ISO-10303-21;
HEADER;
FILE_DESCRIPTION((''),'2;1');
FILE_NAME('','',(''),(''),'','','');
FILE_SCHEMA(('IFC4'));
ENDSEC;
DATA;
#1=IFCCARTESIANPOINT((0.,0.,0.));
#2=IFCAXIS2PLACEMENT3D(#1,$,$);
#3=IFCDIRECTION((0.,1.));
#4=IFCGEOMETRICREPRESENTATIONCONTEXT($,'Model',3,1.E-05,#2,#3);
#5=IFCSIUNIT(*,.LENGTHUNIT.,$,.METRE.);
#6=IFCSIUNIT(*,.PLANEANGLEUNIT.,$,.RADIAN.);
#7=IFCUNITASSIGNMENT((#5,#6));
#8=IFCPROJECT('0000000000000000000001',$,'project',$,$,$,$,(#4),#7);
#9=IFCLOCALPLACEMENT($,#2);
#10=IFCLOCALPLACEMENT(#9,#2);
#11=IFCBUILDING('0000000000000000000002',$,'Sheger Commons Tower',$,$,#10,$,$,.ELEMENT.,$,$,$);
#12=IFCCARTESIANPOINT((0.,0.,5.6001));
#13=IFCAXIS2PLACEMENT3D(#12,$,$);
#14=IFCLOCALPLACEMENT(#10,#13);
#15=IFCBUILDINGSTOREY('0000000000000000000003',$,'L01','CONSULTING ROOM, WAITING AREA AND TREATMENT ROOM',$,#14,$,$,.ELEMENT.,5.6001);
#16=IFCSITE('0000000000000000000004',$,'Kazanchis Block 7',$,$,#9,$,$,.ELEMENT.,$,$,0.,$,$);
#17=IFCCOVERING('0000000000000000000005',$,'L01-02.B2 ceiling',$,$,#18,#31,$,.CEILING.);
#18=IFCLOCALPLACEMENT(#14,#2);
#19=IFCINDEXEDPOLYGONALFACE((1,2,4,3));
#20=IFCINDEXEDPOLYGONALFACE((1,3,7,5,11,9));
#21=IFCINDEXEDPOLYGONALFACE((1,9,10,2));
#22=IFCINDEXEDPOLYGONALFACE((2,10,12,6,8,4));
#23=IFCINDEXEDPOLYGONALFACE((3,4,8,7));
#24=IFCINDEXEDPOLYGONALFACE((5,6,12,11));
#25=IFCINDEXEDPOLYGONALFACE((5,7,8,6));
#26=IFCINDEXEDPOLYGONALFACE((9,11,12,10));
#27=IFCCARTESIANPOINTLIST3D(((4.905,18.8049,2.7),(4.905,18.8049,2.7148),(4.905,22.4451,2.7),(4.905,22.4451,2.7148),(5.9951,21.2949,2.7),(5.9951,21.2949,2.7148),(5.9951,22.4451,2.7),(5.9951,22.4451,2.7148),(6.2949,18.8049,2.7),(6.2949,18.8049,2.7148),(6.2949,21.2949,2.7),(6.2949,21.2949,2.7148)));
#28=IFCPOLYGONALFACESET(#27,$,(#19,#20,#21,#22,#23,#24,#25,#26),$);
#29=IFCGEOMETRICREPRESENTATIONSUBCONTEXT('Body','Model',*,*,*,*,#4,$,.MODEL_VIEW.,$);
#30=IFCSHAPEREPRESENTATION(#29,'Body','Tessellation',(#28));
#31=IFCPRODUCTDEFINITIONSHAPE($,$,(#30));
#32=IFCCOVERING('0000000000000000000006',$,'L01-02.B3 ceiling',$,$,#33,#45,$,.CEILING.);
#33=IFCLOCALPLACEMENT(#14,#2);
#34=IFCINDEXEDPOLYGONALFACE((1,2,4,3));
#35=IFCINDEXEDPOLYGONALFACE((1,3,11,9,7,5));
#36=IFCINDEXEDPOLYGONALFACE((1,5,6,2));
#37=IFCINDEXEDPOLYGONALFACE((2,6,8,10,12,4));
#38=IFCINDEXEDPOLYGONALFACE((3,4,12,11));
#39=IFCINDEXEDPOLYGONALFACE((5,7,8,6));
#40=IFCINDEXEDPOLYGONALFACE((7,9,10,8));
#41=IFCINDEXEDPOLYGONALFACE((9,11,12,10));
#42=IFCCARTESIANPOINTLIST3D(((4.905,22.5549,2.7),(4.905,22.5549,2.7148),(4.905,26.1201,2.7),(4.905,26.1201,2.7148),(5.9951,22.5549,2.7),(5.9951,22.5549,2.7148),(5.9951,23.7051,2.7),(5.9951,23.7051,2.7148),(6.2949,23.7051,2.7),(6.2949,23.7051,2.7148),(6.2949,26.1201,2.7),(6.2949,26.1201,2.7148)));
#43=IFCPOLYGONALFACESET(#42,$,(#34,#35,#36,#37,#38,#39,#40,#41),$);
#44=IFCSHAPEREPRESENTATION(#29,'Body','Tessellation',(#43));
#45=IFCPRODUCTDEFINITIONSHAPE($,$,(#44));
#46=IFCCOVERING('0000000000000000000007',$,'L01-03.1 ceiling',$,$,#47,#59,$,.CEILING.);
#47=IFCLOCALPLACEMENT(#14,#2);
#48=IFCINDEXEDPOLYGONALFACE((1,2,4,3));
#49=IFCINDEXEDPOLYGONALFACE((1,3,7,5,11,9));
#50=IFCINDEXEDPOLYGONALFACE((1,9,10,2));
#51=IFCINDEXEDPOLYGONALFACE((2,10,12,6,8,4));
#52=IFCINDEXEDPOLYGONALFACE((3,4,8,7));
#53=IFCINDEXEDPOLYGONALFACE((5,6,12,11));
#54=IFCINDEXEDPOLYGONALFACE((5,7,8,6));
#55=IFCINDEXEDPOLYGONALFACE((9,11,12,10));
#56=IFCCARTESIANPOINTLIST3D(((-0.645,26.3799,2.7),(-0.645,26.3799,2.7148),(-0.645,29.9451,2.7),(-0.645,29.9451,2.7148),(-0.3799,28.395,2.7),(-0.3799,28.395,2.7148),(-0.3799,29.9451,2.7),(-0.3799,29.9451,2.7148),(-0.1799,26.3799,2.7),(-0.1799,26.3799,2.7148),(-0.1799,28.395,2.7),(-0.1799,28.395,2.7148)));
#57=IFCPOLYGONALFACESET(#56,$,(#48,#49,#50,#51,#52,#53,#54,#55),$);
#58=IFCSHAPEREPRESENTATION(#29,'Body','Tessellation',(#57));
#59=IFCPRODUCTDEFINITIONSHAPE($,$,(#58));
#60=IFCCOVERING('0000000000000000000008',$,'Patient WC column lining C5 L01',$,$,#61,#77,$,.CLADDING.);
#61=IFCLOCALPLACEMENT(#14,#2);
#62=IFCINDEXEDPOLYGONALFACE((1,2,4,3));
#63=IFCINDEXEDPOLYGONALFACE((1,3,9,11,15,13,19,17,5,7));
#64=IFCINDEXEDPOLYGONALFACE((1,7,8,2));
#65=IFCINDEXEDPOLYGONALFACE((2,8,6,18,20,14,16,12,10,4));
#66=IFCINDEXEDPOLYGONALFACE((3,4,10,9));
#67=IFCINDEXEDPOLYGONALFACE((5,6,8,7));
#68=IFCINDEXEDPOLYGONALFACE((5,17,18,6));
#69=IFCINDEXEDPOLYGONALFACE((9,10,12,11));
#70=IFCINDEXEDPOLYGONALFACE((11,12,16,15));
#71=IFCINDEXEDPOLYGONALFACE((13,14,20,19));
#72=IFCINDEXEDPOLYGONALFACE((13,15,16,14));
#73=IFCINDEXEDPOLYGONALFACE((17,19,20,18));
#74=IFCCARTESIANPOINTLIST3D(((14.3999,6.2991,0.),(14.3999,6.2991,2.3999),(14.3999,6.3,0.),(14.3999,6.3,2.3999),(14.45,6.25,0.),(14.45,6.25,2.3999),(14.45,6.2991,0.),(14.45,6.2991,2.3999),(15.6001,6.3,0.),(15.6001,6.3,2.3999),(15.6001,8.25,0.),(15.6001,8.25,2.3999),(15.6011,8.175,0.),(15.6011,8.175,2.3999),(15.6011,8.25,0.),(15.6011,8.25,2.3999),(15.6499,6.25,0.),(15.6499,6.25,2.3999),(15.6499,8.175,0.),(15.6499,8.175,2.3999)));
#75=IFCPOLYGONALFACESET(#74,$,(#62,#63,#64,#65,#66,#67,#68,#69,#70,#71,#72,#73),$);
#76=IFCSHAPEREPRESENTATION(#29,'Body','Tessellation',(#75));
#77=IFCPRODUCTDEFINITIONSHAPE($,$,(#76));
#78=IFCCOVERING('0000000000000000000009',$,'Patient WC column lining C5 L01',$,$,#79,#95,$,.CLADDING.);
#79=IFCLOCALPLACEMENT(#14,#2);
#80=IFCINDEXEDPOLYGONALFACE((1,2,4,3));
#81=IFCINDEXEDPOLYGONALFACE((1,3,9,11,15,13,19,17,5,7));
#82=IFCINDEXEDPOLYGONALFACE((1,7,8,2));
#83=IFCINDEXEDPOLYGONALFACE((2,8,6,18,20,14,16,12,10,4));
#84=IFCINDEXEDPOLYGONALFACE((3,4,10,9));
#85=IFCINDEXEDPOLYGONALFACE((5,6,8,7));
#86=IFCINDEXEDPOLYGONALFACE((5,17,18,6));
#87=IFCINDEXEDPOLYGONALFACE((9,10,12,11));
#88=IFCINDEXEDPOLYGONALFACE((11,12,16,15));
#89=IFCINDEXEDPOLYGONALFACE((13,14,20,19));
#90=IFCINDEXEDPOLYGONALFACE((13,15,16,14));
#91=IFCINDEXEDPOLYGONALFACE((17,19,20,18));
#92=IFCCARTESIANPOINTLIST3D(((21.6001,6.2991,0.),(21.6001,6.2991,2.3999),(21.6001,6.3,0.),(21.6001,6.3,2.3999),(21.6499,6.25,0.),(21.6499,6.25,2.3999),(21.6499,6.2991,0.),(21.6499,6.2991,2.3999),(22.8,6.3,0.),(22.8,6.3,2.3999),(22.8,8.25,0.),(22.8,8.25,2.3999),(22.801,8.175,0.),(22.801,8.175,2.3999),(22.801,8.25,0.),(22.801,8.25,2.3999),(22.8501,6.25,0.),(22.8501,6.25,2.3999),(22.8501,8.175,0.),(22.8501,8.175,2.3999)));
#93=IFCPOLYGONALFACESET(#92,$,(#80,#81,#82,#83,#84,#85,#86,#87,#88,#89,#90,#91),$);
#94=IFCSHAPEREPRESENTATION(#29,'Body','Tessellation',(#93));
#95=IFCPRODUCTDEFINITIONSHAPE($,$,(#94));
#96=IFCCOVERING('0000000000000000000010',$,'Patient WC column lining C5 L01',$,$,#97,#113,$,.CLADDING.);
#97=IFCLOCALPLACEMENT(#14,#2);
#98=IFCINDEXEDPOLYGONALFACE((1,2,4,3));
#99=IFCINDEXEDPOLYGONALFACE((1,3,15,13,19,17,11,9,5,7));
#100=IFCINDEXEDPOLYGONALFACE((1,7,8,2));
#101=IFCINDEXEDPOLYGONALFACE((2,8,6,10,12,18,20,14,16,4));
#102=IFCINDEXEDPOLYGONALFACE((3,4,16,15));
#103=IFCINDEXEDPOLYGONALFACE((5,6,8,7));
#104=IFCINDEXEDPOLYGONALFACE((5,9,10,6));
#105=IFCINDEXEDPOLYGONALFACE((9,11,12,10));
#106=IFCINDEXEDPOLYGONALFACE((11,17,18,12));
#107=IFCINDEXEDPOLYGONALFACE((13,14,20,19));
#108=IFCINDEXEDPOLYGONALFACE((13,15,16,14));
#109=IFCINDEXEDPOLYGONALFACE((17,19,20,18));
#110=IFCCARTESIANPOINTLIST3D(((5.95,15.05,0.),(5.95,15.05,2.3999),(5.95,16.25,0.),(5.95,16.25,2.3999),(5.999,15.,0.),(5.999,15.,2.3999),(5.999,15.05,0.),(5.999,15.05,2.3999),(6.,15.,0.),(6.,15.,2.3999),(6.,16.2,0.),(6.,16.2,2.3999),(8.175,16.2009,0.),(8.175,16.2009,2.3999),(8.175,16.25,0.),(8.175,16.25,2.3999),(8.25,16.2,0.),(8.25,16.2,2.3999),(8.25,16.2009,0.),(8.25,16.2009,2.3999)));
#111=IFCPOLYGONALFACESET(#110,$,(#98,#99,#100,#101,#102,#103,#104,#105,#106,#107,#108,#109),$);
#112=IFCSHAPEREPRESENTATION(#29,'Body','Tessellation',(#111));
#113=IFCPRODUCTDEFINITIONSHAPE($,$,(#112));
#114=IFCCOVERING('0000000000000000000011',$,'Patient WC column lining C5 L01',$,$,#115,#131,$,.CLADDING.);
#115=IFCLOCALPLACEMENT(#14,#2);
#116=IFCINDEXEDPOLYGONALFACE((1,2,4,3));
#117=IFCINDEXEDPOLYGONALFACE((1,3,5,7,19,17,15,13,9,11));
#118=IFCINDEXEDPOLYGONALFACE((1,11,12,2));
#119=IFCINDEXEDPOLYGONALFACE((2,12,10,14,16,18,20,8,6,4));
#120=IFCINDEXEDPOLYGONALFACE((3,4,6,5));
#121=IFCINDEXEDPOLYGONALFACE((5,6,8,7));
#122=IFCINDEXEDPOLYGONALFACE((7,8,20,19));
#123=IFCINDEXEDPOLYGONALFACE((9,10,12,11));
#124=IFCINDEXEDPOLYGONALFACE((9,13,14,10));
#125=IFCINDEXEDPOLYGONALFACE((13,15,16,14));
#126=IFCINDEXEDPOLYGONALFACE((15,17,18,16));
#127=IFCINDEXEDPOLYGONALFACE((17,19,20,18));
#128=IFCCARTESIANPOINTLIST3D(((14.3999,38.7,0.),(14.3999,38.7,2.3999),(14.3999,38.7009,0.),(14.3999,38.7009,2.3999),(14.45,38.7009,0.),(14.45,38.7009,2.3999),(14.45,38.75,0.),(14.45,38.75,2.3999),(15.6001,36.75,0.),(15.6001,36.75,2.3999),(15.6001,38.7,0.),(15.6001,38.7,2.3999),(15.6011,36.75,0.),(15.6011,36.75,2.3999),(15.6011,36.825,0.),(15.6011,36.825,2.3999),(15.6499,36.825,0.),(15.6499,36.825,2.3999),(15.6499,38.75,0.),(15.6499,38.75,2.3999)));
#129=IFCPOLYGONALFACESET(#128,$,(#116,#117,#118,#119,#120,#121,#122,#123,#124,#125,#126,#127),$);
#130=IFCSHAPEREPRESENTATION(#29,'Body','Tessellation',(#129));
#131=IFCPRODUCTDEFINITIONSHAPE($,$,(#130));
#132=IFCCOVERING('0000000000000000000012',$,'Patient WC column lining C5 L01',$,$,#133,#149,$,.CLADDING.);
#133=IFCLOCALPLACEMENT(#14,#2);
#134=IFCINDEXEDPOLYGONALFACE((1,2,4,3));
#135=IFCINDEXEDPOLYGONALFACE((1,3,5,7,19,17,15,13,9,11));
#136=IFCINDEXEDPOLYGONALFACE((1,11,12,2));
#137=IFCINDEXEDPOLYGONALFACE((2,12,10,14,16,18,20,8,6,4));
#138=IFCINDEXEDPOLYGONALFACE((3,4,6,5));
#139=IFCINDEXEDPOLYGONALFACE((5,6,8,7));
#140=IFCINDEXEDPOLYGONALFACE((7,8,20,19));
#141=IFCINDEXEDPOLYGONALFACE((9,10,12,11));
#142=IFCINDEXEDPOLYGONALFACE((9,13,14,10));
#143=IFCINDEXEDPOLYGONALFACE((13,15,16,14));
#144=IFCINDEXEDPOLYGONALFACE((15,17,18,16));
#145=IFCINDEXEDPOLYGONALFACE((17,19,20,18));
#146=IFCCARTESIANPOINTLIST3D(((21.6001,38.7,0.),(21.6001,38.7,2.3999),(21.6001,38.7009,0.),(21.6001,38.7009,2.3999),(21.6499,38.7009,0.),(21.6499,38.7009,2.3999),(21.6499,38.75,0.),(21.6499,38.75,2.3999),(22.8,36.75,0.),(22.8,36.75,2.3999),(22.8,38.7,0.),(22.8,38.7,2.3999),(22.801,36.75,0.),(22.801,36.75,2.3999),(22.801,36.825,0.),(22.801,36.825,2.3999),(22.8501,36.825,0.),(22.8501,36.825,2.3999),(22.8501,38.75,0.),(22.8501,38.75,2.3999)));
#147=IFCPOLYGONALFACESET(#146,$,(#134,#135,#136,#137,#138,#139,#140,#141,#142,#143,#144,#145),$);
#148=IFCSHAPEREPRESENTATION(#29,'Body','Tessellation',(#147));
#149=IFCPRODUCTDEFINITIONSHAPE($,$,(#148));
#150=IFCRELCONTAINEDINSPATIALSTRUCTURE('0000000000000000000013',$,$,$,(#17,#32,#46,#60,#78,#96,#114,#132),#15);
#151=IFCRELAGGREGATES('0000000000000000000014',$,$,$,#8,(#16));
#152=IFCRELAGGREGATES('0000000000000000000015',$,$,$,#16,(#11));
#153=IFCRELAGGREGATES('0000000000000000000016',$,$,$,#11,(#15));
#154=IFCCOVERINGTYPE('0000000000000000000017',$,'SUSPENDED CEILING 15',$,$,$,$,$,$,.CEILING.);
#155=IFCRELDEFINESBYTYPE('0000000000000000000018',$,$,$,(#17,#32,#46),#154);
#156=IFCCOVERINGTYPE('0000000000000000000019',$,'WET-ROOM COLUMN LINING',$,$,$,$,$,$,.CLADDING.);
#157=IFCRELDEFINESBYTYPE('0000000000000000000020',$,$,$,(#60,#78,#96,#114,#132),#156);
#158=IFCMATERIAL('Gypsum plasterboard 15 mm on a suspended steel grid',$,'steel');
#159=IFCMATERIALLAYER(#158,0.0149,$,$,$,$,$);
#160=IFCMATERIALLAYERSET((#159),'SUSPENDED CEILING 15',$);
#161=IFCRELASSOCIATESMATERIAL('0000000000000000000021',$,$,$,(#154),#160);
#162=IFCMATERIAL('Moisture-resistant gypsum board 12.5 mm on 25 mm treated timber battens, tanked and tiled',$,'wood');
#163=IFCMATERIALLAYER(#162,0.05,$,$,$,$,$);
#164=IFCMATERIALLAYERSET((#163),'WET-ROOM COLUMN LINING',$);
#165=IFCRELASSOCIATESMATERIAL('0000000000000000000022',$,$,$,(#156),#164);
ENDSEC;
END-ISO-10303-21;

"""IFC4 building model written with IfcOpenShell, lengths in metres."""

from ifc_helpers import new_model, si_unit, direction, frame, origin, place, context, subcontext, project, spatial, polyline, outline, extrude, material, layer, layer_set, type_object, element, save


model = new_model("IFC4")

# Units and contexts
model_context = context("Model", 3, precision=1e-05, world=origin(), true_north=direction((0.0, 1.0)))
body_context = subcontext(model_context, "Body", "Model", "MODEL_VIEW")
ifc_project = project(units=[si_unit("LENGTHUNIT", "METRE"), si_unit("PLANEANGLEUNIT", "RADIAN")], contexts=[model_context])

# Site, building, storey
site_placement = place(None, origin())
site = spatial("IfcSite", under=ifc_project, at=site_placement, Name="Kazanchis Block 7", CompositionType="ELEMENT", RefElevation=0.0)
building_placement = place(site_placement, origin())
building = spatial("IfcBuilding", under=site, at=building_placement, Name="Sheger Commons Tower", CompositionType="ELEMENT")
storey_placement = place(building_placement, frame((0.0, 0.0, 5.6001)))
storey = spatial("IfcBuildingStorey", under=building, at=storey_placement, Name="L01", Description="CONSULTING ROOM, WAITING AREA AND TREATMENT ROOM", CompositionType="ELEMENT", Elevation=5.6001)

# Coverings
ifc_material_1 = material(Name="Gypsum plasterboard 15 mm on a suspended steel grid", Category="steel")
ifc_layer_1 = layer(ifc_material_1, 0.0149)
ifc_layer_set_1 = layer_set([ifc_layer_1], Name="SUSPENDED CEILING 15")
covering_type_1 = type_object("IfcCoveringType", Name="SUSPENDED CEILING 15", PredefinedType="CEILING", material=ifc_layer_set_1)
covering_1_placement = place(storey_placement, frame((0.0, 0.0, 2.7)))
element("IfcCovering", 1, at=covering_1_placement, inside=storey, type_object=covering_type_1, Name="L01-02.B2 ceiling", PredefinedType="CEILING", context=body_context, shape_type="SweptSolid", body=[
    extrude(outline(polyline([(4.905, 18.8049), (6.2949, 18.8049), (6.2949, 21.2949), (5.9951, 21.2949), (5.9951, 22.4451), (4.905, 22.4451), (4.905, 18.8049)])), origin(), (0.0, 0.0, 1.0), 0.0149),
])
covering_2_placement = place(storey_placement, frame((0.0, 0.0, 2.7)))
element("IfcCovering", 2, at=covering_2_placement, inside=storey, type_object=covering_type_1, Name="L01-02.B3 ceiling", PredefinedType="CEILING", context=body_context, shape_type="SweptSolid", body=[
    extrude(outline(polyline([(4.905, 22.5549), (5.9951, 22.5549), (5.9951, 23.7051), (6.2949, 23.7051), (6.2949, 26.1201), (4.905, 26.1201), (4.905, 22.5549)])), origin(), (0.0, 0.0, 1.0), 0.0149),
])
covering_3_placement = place(storey_placement, frame((0.0, 0.0, 2.7)))
element("IfcCovering", 3, at=covering_3_placement, inside=storey, type_object=covering_type_1, Name="L01-03.1 ceiling", PredefinedType="CEILING", context=body_context, shape_type="SweptSolid", body=[
    extrude(outline(polyline([(-0.645, 26.3799), (-0.1799, 26.3799), (-0.1799, 28.395), (-0.3799, 28.395), (-0.3799, 29.9451), (-0.645, 29.9451), (-0.645, 26.3799)])), origin(), (0.0, 0.0, 1.0), 0.0149),
])
ifc_material_2 = material(Name="Moisture-resistant gypsum board 12.5 mm on 25 mm treated timber battens, tanked and tiled", Category="wood")
ifc_layer_2 = layer(ifc_material_2, 0.05)
ifc_layer_set_2 = layer_set([ifc_layer_2], Name="WET-ROOM COLUMN LINING")
covering_type_2 = type_object("IfcCoveringType", Name="WET-ROOM COLUMN LINING", PredefinedType="CLADDING", material=ifc_layer_set_2)
covering_4_placement = place(storey_placement, origin())
element("IfcCovering", 4, at=covering_4_placement, inside=storey, type_object=covering_type_2, Name="Patient WC column lining C5 L01", PredefinedType="CLADDING", context=body_context, shape_type="SweptSolid", body=[
    extrude(outline(polyline([(14.45, 6.25), (14.45, 6.2991), (14.3999, 6.2991), (14.3999, 6.3), (15.6001, 6.3), (15.6001, 8.25), (15.6011, 8.25), (15.6011, 8.175), (15.6499, 8.175), (15.6499, 6.25), (14.45, 6.25)])), origin(), (0.0, 0.0, 1.0), 2.3999),
])
covering_5_placement = place(storey_placement, origin())
element("IfcCovering", 5, at=covering_5_placement, inside=storey, type_object=covering_type_2, Name="Patient WC column lining C5 L01", PredefinedType="CLADDING", context=body_context, shape_type="SweptSolid", body=[
    extrude(outline(polyline([(21.6499, 6.25), (21.6499, 6.2991), (21.6001, 6.2991), (21.6001, 6.3), (22.8, 6.3), (22.8, 8.25), (22.801, 8.25), (22.801, 8.175), (22.8501, 8.175), (22.8501, 6.25), (21.6499, 6.25)])), origin(), (0.0, 0.0, 1.0), 2.3999),
])
covering_6_placement = place(storey_placement, origin())
element("IfcCovering", 6, at=covering_6_placement, inside=storey, type_object=covering_type_2, Name="Patient WC column lining C5 L01", PredefinedType="CLADDING", context=body_context, shape_type="SweptSolid", body=[
    extrude(outline(polyline([(8.175, 16.25), (8.175, 16.2009), (8.25, 16.2009), (8.25, 16.2), (6.0, 16.2), (6.0, 15.0), (5.999, 15.0), (5.999, 15.05), (5.95, 15.05), (5.95, 16.25), (8.175, 16.25)])), origin(), (0.0, 0.0, 1.0), 2.3999),
])
covering_7_placement = place(storey_placement, origin())
element("IfcCovering", 7, at=covering_7_placement, inside=storey, type_object=covering_type_2, Name="Patient WC column lining C5 L01", PredefinedType="CLADDING", context=body_context, shape_type="SweptSolid", body=[
    extrude(outline(polyline([(15.6499, 36.825), (15.6011, 36.825), (15.6011, 36.75), (15.6001, 36.75), (15.6001, 38.7), (14.3999, 38.7), (14.3999, 38.7009), (14.45, 38.7009), (14.45, 38.75), (15.6499, 38.75), (15.6499, 36.825)])), origin(), (0.0, 0.0, 1.0), 2.3999),
])
covering_8_placement = place(storey_placement, origin())
element("IfcCovering", 8, at=covering_8_placement, inside=storey, type_object=covering_type_2, Name="Patient WC column lining C5 L01", PredefinedType="CLADDING", context=body_context, shape_type="SweptSolid", body=[
    extrude(outline(polyline([(22.8501, 36.825), (22.801, 36.825), (22.801, 36.75), (22.8, 36.75), (22.8, 38.7), (21.6001, 38.7), (21.6001, 38.7009), (21.6499, 38.7009), (21.6499, 38.75), (22.8501, 38.75), (22.8501, 36.825)])), origin(), (0.0, 0.0, 1.0), 2.3999),
])

save(model, "model.ifc")
